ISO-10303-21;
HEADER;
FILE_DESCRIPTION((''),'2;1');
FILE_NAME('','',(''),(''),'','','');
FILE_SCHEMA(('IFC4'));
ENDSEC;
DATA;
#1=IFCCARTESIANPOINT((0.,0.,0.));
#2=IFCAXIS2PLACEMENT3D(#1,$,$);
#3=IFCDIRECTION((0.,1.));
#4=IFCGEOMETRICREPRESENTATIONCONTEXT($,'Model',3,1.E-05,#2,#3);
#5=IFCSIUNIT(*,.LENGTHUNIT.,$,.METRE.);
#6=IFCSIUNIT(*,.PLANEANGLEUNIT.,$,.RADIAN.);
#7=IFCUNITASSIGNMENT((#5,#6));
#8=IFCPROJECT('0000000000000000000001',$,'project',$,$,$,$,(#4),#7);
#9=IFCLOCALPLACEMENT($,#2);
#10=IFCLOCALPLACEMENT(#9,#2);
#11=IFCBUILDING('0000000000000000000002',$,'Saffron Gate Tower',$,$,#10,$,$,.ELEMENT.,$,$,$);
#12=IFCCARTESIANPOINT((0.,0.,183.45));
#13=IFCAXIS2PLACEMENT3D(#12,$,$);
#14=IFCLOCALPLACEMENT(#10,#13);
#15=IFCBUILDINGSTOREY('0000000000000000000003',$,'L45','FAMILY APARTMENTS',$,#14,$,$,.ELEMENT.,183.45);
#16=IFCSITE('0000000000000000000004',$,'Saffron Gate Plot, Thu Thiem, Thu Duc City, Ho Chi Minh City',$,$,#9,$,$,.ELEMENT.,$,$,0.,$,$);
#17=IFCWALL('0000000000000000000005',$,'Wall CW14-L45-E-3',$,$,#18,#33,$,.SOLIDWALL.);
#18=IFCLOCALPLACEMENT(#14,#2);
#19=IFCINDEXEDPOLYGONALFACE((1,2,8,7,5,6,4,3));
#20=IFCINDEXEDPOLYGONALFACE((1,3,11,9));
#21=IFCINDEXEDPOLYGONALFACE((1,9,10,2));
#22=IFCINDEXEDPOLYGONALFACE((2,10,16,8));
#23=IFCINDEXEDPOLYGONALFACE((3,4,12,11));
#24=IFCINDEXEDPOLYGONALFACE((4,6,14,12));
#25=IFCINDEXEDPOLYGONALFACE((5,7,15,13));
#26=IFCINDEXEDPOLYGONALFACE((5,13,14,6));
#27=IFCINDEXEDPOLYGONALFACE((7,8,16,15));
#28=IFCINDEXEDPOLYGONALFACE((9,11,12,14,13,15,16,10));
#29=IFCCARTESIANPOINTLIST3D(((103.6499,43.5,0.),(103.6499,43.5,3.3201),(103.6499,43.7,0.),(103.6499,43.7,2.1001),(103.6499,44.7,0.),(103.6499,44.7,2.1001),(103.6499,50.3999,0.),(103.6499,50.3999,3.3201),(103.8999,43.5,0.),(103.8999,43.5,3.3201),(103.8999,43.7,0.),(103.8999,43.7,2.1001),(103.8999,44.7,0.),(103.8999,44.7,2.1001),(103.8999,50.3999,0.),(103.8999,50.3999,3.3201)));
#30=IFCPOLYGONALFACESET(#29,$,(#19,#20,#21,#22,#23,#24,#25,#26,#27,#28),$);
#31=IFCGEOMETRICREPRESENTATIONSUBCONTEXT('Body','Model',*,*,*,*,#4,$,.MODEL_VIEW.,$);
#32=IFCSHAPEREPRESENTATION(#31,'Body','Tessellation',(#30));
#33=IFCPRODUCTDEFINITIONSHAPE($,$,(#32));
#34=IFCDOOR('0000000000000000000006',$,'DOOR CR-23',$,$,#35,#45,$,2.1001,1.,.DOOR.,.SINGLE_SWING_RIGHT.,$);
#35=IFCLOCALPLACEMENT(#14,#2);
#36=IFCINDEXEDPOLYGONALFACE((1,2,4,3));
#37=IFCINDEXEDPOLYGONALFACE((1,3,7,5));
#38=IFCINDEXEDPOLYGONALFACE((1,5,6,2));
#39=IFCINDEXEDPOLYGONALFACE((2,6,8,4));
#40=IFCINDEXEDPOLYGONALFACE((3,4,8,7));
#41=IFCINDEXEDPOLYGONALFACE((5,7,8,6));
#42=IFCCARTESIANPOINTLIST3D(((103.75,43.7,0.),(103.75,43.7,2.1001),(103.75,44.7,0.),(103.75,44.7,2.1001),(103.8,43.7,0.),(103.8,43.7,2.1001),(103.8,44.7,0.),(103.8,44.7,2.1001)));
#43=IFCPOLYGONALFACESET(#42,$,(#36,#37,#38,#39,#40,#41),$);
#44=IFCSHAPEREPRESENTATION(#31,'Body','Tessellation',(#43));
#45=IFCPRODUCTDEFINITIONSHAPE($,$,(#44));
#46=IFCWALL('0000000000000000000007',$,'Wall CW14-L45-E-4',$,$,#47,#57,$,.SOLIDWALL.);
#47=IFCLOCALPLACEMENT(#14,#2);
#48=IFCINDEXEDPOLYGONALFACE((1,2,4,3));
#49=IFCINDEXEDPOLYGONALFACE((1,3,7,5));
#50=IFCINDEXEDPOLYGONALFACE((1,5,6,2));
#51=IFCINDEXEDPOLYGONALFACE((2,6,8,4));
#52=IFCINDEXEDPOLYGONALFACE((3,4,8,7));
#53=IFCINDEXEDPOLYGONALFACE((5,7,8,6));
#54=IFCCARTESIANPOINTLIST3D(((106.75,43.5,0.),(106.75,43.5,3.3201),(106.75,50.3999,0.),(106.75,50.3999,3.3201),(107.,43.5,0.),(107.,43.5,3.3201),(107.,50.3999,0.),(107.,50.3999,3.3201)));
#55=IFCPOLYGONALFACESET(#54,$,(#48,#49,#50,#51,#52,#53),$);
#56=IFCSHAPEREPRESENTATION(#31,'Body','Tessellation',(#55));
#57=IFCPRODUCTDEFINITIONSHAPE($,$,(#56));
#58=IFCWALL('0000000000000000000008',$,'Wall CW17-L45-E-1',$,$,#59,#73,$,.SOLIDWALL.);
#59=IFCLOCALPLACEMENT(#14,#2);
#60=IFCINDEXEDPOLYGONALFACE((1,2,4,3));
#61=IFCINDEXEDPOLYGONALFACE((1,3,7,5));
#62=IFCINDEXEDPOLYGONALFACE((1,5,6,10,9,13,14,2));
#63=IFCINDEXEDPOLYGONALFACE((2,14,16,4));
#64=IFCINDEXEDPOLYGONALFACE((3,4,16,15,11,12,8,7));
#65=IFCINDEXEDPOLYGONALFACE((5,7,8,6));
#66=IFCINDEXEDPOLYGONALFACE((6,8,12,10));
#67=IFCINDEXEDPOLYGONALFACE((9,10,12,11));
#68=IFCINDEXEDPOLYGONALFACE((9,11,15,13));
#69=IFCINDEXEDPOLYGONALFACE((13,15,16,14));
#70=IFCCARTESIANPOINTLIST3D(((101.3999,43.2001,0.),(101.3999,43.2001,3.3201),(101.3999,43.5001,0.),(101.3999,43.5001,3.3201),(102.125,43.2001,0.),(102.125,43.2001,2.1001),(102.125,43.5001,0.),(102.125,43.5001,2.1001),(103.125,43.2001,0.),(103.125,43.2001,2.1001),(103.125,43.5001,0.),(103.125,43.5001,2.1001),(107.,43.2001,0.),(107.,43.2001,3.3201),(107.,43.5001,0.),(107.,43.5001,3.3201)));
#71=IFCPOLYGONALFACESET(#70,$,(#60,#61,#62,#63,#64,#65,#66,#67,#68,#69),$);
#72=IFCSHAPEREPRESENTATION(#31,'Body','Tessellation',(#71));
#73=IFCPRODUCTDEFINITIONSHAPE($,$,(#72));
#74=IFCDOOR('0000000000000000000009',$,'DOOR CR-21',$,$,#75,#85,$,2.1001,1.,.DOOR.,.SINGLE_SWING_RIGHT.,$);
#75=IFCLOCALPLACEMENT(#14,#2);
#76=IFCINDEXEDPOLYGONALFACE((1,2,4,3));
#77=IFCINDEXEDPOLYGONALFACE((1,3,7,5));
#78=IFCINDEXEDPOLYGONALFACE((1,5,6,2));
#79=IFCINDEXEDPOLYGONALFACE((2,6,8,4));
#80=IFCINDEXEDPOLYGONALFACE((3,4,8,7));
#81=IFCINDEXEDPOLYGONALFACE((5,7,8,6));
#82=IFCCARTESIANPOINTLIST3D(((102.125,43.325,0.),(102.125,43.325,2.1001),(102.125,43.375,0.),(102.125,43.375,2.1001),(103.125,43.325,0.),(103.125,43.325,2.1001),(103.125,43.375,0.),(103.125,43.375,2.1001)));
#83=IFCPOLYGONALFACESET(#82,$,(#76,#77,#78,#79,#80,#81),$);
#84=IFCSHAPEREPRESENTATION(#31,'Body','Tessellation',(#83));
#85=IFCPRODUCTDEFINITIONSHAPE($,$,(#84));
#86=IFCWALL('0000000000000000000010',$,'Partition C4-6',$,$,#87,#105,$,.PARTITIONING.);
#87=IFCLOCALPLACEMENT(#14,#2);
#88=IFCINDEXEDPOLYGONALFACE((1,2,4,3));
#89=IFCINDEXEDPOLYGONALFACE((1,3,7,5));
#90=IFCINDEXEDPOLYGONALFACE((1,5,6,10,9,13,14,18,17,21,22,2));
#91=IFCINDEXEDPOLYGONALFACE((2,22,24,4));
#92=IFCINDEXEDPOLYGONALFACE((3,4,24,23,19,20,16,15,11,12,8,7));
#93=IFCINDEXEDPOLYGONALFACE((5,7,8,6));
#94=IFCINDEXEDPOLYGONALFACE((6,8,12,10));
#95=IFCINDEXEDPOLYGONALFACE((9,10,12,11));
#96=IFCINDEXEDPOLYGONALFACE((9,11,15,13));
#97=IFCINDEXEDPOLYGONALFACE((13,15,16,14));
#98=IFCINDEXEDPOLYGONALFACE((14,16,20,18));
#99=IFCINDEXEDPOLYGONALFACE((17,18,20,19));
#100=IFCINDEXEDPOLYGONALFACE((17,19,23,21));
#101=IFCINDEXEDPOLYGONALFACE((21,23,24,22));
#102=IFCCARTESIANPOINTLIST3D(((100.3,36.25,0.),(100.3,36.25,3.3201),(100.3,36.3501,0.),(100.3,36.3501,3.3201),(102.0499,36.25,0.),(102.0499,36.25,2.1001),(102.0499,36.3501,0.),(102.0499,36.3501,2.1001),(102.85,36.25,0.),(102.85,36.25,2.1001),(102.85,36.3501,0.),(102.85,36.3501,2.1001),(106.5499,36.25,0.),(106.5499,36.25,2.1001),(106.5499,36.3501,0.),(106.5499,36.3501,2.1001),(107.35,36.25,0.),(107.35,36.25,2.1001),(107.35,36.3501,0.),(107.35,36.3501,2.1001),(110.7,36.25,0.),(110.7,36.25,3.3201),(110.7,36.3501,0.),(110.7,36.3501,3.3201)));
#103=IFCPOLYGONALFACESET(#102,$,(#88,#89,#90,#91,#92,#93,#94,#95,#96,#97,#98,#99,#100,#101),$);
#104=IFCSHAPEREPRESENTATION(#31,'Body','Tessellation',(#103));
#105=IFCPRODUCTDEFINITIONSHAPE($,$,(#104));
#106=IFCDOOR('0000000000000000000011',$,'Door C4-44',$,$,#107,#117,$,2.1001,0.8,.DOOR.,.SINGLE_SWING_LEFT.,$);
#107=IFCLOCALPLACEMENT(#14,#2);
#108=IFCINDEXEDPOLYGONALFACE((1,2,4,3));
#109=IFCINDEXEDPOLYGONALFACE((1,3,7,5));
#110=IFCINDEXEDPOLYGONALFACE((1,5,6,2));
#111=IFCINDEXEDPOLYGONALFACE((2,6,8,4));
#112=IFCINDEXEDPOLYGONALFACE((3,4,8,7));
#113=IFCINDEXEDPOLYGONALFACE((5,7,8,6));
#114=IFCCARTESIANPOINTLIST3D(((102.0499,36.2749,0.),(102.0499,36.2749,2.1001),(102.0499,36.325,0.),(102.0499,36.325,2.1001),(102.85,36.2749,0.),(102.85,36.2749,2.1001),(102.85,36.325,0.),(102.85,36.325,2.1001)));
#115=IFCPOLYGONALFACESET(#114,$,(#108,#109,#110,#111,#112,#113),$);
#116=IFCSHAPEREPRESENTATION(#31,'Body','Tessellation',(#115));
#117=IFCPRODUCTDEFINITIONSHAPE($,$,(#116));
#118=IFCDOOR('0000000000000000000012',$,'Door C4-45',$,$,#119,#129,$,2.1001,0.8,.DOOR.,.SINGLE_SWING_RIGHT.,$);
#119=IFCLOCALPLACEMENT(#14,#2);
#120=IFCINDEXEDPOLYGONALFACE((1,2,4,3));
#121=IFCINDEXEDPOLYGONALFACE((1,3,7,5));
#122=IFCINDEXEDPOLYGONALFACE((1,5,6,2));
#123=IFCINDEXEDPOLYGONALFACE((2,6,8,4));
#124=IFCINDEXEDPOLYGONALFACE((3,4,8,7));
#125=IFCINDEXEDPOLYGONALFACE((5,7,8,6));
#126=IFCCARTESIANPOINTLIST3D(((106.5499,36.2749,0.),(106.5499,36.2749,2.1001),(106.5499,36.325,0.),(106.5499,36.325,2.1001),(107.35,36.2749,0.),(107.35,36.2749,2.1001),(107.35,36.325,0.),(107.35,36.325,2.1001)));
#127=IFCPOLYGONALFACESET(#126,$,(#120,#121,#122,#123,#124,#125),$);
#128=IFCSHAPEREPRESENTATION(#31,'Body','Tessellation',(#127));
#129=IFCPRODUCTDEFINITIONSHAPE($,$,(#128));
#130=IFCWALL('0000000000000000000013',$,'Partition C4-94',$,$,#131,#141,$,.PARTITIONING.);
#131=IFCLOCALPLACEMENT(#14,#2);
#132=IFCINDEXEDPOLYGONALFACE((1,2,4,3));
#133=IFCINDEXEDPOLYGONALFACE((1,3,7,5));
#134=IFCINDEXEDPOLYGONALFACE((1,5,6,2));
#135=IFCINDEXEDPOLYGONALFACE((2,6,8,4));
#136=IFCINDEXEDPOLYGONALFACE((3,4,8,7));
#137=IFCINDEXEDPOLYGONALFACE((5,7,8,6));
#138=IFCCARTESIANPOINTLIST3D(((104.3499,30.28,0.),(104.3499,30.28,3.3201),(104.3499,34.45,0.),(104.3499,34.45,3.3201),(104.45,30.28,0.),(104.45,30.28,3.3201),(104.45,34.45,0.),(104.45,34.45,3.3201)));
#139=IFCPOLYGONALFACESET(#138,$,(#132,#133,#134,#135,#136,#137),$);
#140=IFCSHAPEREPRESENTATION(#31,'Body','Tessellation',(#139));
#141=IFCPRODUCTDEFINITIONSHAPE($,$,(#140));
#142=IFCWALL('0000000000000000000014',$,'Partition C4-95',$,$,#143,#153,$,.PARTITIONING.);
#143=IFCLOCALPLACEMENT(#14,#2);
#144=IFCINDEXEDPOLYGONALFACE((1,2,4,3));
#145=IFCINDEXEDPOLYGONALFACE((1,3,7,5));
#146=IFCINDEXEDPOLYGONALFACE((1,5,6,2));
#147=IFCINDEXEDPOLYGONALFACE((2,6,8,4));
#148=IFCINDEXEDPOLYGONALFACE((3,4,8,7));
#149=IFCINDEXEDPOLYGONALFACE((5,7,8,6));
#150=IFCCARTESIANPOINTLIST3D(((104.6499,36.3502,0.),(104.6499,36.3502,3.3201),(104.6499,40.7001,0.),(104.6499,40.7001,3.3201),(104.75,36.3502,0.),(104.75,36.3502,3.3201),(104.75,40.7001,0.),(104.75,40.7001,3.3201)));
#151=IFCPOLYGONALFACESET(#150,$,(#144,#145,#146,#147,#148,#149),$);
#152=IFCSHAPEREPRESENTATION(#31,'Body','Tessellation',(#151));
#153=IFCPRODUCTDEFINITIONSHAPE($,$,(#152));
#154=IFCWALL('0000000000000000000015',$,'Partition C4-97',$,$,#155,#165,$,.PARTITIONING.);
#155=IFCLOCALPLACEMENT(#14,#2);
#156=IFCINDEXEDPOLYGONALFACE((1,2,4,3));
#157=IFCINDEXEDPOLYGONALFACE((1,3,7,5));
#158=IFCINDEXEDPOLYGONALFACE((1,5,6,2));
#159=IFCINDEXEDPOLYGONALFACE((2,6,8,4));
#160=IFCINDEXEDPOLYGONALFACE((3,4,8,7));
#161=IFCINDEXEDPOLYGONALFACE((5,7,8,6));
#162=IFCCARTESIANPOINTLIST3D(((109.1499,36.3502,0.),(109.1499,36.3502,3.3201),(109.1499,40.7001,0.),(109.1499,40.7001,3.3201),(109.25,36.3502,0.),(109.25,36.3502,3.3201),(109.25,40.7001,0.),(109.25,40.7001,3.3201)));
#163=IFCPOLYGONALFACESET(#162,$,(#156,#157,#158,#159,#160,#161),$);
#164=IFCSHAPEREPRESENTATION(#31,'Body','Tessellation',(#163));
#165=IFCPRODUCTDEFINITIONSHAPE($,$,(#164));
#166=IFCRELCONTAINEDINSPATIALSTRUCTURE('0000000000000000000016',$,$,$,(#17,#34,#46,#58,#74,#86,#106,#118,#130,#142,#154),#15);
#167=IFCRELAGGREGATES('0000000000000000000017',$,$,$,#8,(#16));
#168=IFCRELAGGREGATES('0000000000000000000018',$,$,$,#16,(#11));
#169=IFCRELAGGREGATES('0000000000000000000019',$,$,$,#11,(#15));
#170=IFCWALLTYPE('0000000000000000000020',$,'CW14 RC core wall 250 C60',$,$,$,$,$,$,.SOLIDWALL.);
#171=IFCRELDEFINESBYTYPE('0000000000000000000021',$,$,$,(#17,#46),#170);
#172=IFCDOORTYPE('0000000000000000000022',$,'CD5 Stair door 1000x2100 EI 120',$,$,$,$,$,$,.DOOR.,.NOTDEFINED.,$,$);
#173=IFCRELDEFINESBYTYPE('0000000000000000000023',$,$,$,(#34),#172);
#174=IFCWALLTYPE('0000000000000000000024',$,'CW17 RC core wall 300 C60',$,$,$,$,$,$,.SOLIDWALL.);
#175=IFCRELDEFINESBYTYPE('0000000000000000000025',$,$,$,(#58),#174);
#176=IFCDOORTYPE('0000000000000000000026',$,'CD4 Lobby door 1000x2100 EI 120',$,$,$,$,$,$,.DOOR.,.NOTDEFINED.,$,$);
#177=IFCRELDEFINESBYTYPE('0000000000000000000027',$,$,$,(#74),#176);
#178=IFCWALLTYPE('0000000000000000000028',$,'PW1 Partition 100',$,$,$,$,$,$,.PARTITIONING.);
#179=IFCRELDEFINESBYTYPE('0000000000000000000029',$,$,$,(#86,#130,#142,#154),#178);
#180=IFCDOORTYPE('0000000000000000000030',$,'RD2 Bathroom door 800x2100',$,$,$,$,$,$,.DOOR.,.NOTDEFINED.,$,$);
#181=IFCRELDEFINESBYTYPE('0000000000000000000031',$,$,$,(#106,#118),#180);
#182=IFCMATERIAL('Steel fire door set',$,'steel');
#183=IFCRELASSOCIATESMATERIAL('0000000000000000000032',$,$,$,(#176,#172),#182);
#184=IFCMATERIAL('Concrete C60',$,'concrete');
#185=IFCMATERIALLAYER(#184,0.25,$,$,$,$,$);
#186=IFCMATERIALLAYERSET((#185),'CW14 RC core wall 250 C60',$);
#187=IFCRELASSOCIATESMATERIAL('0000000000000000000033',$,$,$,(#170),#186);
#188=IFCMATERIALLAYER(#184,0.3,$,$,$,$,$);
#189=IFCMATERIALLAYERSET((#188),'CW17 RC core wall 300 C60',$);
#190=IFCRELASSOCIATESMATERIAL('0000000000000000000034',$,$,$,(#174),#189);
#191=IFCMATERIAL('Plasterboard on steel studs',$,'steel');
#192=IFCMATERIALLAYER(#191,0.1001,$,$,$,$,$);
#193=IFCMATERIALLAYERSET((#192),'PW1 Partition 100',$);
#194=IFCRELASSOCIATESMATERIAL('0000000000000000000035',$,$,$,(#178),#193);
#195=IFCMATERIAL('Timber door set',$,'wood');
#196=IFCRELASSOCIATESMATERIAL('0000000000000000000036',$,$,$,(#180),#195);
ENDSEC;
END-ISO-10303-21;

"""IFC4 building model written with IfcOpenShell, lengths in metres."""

from ifc_helpers import new_model, si_unit, direction, frame, frame_2d, origin, place, context, subcontext, project, spatial, rectangle, extrude, material, layer, layer_set, type_object, element, fill, save


model = new_model("IFC4")

# Units and contexts
model_context = context("Model", 3, precision=1e-05, world=origin(), true_north=direction((0.0, 1.0)))
body_context = subcontext(model_context, "Body", "Model", "MODEL_VIEW")
ifc_project = project(units=[si_unit("LENGTHUNIT", "METRE"), si_unit("PLANEANGLEUNIT", "RADIAN")], contexts=[model_context])

# Site, building, storey
site_placement = place(None, origin())
site = spatial("IfcSite", under=ifc_project, at=site_placement, Name="Saffron Gate Plot, Thu Thiem, Thu Duc City, Ho Chi Minh City", CompositionType="ELEMENT", RefElevation=0.0)
building_placement = place(site_placement, origin())
building = spatial("IfcBuilding", under=site, at=building_placement, Name="Saffron Gate Tower", CompositionType="ELEMENT")
storey_placement = place(building_placement, frame((0.0, 0.0, 183.45)))
storey = spatial("IfcBuildingStorey", under=building, at=storey_placement, Name="L45", Description="FAMILY APARTMENTS", CompositionType="ELEMENT", Elevation=183.45)

# Wall, opening, door
ifc_material_1 = material(Name="Steel fire door set", Category="steel")
door_type_1 = type_object("IfcDoorType", Name="CD4 Lobby door 1000x2100 EI 120", OperationType="NOTDEFINED", PredefinedType="DOOR", material=ifc_material_1)
ifc_material_2 = material(Name="Concrete C60", Category="concrete")
ifc_layer_1 = layer(ifc_material_2, 0.25)
ifc_layer_set_1 = layer_set([ifc_layer_1], Name="CW14 RC core wall 250 C60")
wall_type_1 = type_object("IfcWallType", Name="CW14 RC core wall 250 C60", PredefinedType="SOLIDWALL", material=ifc_layer_set_1)
wall_1_placement = place(storey_placement, frame((103.7749, 43.5, 0.0), z_axis=(0.0, 0.0, 1.0), x_axis=(0.0, 1.0, 0.0)))
wall_1 = element("IfcWall", 1, at=wall_1_placement, inside=storey, type_object=wall_type_1, Name="Wall CW14-L45-E-3", PredefinedType="SOLIDWALL", context=body_context, shape_type="SweptSolid", body=[
    extrude(rectangle(XDim=6.8999, YDim=0.25, at=frame_2d((3.45, 0.0))), origin(), (0.0, 0.0, 1.0), 3.3201),
])
opening_1_placement = place(wall_1_placement, frame((0.2, 0.0, 0.0)))
opening_1 = element("IfcOpeningElement", 2, at=opening_1_placement, cuts=wall_1, PredefinedType="OPENING", context=body_context, shape_type="SweptSolid", body=[
    extrude(rectangle(XDim=1.0, YDim=2.1001, at=frame_2d((0.5, 1.05))), frame((0.0, 0.135, 0.0), z_axis=(0.0, -1.0, 0.0), x_axis=(1.0, 0.0, 0.0)), (0.0, 0.0, 1.0), 0.27),
])
door_type_2 = type_object("IfcDoorType", Name="CD5 Stair door 1000x2100 EI 120", OperationType="NOTDEFINED", PredefinedType="DOOR", material=ifc_material_1)
door_1_placement = place(opening_1_placement, origin())
door_1 = element("IfcDoor", 3, at=door_1_placement, inside=storey, type_object=door_type_2, Name="DOOR CR-23", OperationType="SINGLE_SWING_RIGHT", OverallHeight=2.1001, OverallWidth=1.0, PredefinedType="DOOR", context=body_context, shape_type="SweptSolid", body=[
    extrude(rectangle(XDim=1.0, YDim=2.1001, at=frame_2d((0.5, 1.05))), frame((0.0, 0.0249, 0.0), z_axis=(0.0, -1.0, 0.0), x_axis=(1.0, 0.0, 0.0)), (0.0, 0.0, 1.0), 0.05),
])
fill(opening_1, door_1)

# Wall
wall_2_placement = place(storey_placement, frame((106.875, 43.5, 0.0), z_axis=(0.0, 0.0, 1.0), x_axis=(0.0, 1.0, 0.0)))
element("IfcWall", 4, at=wall_2_placement, inside=storey, type_object=wall_type_1, Name="Wall CW14-L45-E-4", PredefinedType="SOLIDWALL", context=body_context, shape_type="SweptSolid", body=[
    extrude(rectangle(XDim=6.8999, YDim=0.25, at=frame_2d((3.45, 0.0))), origin(), (0.0, 0.0, 1.0), 3.3201),
])

# Wall, opening, door
ifc_layer_2 = layer(ifc_material_2, 0.3)
ifc_layer_set_2 = layer_set([ifc_layer_2], Name="CW17 RC core wall 300 C60")
wall_type_2 = type_object("IfcWallType", Name="CW17 RC core wall 300 C60", PredefinedType="SOLIDWALL", material=ifc_layer_set_2)
wall_3_placement = place(storey_placement, frame((101.3999, 43.3501, 0.0), z_axis=(0.0, 0.0, 1.0), x_axis=(1.0, 0.0, 0.0)))
wall_3 = element("IfcWall", 5, at=wall_3_placement, inside=storey, type_object=wall_type_2, Name="Wall CW17-L45-E-1", PredefinedType="SOLIDWALL", context=body_context, shape_type="SweptSolid", body=[
    extrude(rectangle(XDim=5.6001, YDim=0.3, at=frame_2d((2.8, 0.0))), origin(), (0.0, 0.0, 1.0), 3.3201),
])
opening_2_placement = place(wall_3_placement, frame((0.7251, 0.0, 0.0)))
opening_2 = element("IfcOpeningElement", 6, at=opening_2_placement, cuts=wall_3, PredefinedType="OPENING", context=body_context, shape_type="SweptSolid", body=[
    extrude(rectangle(XDim=1.0, YDim=2.1001, at=frame_2d((0.5, 1.05))), frame((0.0, 0.1602, 0.0), z_axis=(0.0, -1.0, 0.0), x_axis=(1.0, 0.0, 0.0)), (0.0, 0.0, 1.0), 0.3201),
])
door_2_placement = place(opening_2_placement, origin())
door_2 = element("IfcDoor", 7, at=door_2_placement, inside=storey, type_object=door_type_1, Name="DOOR CR-21", OperationType="SINGLE_SWING_RIGHT", OverallHeight=2.1001, OverallWidth=1.0, PredefinedType="DOOR", context=body_context, shape_type="SweptSolid", body=[
    extrude(rectangle(XDim=1.0, YDim=2.1001, at=frame_2d((0.5, 1.05))), frame((0.0, 0.0249, 0.0), z_axis=(0.0, -1.0, 0.0), x_axis=(1.0, 0.0, 0.0)), (0.0, 0.0, 1.0), 0.05),
])
fill(opening_2, door_2)

# Wall, openings, doors
ifc_material_3 = material(Name="Plasterboard on steel studs", Category="steel")
ifc_layer_3 = layer(ifc_material_3, 0.1001)
ifc_layer_set_3 = layer_set([ifc_layer_3], Name="PW1 Partition 100")
wall_type_3 = type_object("IfcWallType", Name="PW1 Partition 100", PredefinedType="PARTITIONING", material=ifc_layer_set_3)
wall_4_placement = place(storey_placement, frame((100.3, 36.3, 0.0), z_axis=(0.0, 0.0, 1.0), x_axis=(1.0, 0.0, 0.0)))
wall_4 = element("IfcWall", 8, at=wall_4_placement, inside=storey, type_object=wall_type_3, Name="Partition C4-6", PredefinedType="PARTITIONING", context=body_context, shape_type="SweptSolid", body=[
    extrude(rectangle(XDim=10.3999, YDim=0.1001, at=frame_2d((5.2, 0.0))), origin(), (0.0, 0.0, 1.0), 3.3201),
])
opening_3_placement = place(wall_4_placement, frame((1.75, 0.0, 0.0)))
opening_3 = element("IfcOpeningElement", 9, at=opening_3_placement, cuts=wall_4, PredefinedType="OPENING", context=body_context, shape_type="SweptSolid", body=[
    extrude(rectangle(XDim=0.8, YDim=2.1001, at=frame_2d((0.3999, 1.05))), frame((0.0, 0.0601, 0.0), z_axis=(0.0, -1.0, 0.0), x_axis=(1.0, 0.0, 0.0)), (0.0, 0.0, 1.0), 0.1201),
])
opening_4_placement = place(wall_4_placement, frame((6.25, 0.0, 0.0)))
opening_4 = element("IfcOpeningElement", 10, at=opening_4_placement, cuts=wall_4, PredefinedType="OPENING", context=body_context, shape_type="SweptSolid", body=[
    extrude(rectangle(XDim=0.8, YDim=2.1001, at=frame_2d((0.3999, 1.05))), frame((0.0, 0.0601, 0.0), z_axis=(0.0, -1.0, 0.0), x_axis=(1.0, 0.0, 0.0)), (0.0, 0.0, 1.0), 0.1201),
])
ifc_material_4 = material(Name="Timber door set", Category="wood")
door_type_3 = type_object("IfcDoorType", Name="RD2 Bathroom door 800x2100", OperationType="NOTDEFINED", PredefinedType="DOOR", material=ifc_material_4)
door_3_placement = place(opening_3_placement, origin())
door_3 = element("IfcDoor", 11, at=door_3_placement, inside=storey, type_object=door_type_3, Name="Door C4-44", OperationType="SINGLE_SWING_LEFT", OverallHeight=2.1001, OverallWidth=0.8, PredefinedType="DOOR", context=body_context, shape_type="SweptSolid", body=[
    extrude(rectangle(XDim=0.8, YDim=2.1001, at=frame_2d((0.3999, 1.05))), frame((0.0, 0.0249, 0.0), z_axis=(0.0, -1.0, 0.0), x_axis=(1.0, 0.0, 0.0)), (0.0, 0.0, 1.0), 0.05),
])
fill(opening_3, door_3)
door_4_placement = place(opening_4_placement, origin())
door_4 = element("IfcDoor", 12, at=door_4_placement, inside=storey, type_object=door_type_3, Name="Door C4-45", OperationType="SINGLE_SWING_RIGHT", OverallHeight=2.1001, OverallWidth=0.8, PredefinedType="DOOR", context=body_context, shape_type="SweptSolid", body=[
    extrude(rectangle(XDim=0.8, YDim=2.1001, at=frame_2d((0.3999, 1.05))), frame((0.0, 0.0249, 0.0), z_axis=(0.0, -1.0, 0.0), x_axis=(1.0, 0.0, 0.0)), (0.0, 0.0, 1.0), 0.05),
])
fill(opening_4, door_4)

# Walls
wall_5_placement = place(storey_placement, frame((104.3999, 34.45, 0.0), z_axis=(0.0, 0.0, 1.0), x_axis=(0.0, -1.0, 0.0)))
element("IfcWall", 13, at=wall_5_placement, inside=storey, type_object=wall_type_3, Name="Partition C4-94", PredefinedType="PARTITIONING", context=body_context, shape_type="SweptSolid", body=[
    extrude(rectangle(XDim=4.1699, YDim=0.1001, at=frame_2d((2.085, 0.0))), origin(), (0.0, 0.0, 1.0), 3.3201),
])
for number, where, z_axis, x_axis, name in (
    (14, (104.7, 40.7, 0.0), (0.0, 0.0, 1.0), (0.0, -1.0, 0.0), "Partition C4-95"),
    (15, (109.2, 40.7, 0.0), (0.0, 0.0, 1.0), (0.0, -1.0, 0.0), "Partition C4-97"),
):
    element("IfcWall", number, at=place(storey_placement, frame(where, z_axis=z_axis, x_axis=x_axis)), inside=storey, type_object=wall_type_3, Name=name, PredefinedType="PARTITIONING", context=body_context, shape_type="SweptSolid", body=[
        extrude(rectangle(XDim=4.3499, YDim=0.1001, at=frame_2d((2.1748, 0.0))), origin(), (0.0, 0.0, 1.0), 3.3201),
    ])

save(model, "model.ifc")
